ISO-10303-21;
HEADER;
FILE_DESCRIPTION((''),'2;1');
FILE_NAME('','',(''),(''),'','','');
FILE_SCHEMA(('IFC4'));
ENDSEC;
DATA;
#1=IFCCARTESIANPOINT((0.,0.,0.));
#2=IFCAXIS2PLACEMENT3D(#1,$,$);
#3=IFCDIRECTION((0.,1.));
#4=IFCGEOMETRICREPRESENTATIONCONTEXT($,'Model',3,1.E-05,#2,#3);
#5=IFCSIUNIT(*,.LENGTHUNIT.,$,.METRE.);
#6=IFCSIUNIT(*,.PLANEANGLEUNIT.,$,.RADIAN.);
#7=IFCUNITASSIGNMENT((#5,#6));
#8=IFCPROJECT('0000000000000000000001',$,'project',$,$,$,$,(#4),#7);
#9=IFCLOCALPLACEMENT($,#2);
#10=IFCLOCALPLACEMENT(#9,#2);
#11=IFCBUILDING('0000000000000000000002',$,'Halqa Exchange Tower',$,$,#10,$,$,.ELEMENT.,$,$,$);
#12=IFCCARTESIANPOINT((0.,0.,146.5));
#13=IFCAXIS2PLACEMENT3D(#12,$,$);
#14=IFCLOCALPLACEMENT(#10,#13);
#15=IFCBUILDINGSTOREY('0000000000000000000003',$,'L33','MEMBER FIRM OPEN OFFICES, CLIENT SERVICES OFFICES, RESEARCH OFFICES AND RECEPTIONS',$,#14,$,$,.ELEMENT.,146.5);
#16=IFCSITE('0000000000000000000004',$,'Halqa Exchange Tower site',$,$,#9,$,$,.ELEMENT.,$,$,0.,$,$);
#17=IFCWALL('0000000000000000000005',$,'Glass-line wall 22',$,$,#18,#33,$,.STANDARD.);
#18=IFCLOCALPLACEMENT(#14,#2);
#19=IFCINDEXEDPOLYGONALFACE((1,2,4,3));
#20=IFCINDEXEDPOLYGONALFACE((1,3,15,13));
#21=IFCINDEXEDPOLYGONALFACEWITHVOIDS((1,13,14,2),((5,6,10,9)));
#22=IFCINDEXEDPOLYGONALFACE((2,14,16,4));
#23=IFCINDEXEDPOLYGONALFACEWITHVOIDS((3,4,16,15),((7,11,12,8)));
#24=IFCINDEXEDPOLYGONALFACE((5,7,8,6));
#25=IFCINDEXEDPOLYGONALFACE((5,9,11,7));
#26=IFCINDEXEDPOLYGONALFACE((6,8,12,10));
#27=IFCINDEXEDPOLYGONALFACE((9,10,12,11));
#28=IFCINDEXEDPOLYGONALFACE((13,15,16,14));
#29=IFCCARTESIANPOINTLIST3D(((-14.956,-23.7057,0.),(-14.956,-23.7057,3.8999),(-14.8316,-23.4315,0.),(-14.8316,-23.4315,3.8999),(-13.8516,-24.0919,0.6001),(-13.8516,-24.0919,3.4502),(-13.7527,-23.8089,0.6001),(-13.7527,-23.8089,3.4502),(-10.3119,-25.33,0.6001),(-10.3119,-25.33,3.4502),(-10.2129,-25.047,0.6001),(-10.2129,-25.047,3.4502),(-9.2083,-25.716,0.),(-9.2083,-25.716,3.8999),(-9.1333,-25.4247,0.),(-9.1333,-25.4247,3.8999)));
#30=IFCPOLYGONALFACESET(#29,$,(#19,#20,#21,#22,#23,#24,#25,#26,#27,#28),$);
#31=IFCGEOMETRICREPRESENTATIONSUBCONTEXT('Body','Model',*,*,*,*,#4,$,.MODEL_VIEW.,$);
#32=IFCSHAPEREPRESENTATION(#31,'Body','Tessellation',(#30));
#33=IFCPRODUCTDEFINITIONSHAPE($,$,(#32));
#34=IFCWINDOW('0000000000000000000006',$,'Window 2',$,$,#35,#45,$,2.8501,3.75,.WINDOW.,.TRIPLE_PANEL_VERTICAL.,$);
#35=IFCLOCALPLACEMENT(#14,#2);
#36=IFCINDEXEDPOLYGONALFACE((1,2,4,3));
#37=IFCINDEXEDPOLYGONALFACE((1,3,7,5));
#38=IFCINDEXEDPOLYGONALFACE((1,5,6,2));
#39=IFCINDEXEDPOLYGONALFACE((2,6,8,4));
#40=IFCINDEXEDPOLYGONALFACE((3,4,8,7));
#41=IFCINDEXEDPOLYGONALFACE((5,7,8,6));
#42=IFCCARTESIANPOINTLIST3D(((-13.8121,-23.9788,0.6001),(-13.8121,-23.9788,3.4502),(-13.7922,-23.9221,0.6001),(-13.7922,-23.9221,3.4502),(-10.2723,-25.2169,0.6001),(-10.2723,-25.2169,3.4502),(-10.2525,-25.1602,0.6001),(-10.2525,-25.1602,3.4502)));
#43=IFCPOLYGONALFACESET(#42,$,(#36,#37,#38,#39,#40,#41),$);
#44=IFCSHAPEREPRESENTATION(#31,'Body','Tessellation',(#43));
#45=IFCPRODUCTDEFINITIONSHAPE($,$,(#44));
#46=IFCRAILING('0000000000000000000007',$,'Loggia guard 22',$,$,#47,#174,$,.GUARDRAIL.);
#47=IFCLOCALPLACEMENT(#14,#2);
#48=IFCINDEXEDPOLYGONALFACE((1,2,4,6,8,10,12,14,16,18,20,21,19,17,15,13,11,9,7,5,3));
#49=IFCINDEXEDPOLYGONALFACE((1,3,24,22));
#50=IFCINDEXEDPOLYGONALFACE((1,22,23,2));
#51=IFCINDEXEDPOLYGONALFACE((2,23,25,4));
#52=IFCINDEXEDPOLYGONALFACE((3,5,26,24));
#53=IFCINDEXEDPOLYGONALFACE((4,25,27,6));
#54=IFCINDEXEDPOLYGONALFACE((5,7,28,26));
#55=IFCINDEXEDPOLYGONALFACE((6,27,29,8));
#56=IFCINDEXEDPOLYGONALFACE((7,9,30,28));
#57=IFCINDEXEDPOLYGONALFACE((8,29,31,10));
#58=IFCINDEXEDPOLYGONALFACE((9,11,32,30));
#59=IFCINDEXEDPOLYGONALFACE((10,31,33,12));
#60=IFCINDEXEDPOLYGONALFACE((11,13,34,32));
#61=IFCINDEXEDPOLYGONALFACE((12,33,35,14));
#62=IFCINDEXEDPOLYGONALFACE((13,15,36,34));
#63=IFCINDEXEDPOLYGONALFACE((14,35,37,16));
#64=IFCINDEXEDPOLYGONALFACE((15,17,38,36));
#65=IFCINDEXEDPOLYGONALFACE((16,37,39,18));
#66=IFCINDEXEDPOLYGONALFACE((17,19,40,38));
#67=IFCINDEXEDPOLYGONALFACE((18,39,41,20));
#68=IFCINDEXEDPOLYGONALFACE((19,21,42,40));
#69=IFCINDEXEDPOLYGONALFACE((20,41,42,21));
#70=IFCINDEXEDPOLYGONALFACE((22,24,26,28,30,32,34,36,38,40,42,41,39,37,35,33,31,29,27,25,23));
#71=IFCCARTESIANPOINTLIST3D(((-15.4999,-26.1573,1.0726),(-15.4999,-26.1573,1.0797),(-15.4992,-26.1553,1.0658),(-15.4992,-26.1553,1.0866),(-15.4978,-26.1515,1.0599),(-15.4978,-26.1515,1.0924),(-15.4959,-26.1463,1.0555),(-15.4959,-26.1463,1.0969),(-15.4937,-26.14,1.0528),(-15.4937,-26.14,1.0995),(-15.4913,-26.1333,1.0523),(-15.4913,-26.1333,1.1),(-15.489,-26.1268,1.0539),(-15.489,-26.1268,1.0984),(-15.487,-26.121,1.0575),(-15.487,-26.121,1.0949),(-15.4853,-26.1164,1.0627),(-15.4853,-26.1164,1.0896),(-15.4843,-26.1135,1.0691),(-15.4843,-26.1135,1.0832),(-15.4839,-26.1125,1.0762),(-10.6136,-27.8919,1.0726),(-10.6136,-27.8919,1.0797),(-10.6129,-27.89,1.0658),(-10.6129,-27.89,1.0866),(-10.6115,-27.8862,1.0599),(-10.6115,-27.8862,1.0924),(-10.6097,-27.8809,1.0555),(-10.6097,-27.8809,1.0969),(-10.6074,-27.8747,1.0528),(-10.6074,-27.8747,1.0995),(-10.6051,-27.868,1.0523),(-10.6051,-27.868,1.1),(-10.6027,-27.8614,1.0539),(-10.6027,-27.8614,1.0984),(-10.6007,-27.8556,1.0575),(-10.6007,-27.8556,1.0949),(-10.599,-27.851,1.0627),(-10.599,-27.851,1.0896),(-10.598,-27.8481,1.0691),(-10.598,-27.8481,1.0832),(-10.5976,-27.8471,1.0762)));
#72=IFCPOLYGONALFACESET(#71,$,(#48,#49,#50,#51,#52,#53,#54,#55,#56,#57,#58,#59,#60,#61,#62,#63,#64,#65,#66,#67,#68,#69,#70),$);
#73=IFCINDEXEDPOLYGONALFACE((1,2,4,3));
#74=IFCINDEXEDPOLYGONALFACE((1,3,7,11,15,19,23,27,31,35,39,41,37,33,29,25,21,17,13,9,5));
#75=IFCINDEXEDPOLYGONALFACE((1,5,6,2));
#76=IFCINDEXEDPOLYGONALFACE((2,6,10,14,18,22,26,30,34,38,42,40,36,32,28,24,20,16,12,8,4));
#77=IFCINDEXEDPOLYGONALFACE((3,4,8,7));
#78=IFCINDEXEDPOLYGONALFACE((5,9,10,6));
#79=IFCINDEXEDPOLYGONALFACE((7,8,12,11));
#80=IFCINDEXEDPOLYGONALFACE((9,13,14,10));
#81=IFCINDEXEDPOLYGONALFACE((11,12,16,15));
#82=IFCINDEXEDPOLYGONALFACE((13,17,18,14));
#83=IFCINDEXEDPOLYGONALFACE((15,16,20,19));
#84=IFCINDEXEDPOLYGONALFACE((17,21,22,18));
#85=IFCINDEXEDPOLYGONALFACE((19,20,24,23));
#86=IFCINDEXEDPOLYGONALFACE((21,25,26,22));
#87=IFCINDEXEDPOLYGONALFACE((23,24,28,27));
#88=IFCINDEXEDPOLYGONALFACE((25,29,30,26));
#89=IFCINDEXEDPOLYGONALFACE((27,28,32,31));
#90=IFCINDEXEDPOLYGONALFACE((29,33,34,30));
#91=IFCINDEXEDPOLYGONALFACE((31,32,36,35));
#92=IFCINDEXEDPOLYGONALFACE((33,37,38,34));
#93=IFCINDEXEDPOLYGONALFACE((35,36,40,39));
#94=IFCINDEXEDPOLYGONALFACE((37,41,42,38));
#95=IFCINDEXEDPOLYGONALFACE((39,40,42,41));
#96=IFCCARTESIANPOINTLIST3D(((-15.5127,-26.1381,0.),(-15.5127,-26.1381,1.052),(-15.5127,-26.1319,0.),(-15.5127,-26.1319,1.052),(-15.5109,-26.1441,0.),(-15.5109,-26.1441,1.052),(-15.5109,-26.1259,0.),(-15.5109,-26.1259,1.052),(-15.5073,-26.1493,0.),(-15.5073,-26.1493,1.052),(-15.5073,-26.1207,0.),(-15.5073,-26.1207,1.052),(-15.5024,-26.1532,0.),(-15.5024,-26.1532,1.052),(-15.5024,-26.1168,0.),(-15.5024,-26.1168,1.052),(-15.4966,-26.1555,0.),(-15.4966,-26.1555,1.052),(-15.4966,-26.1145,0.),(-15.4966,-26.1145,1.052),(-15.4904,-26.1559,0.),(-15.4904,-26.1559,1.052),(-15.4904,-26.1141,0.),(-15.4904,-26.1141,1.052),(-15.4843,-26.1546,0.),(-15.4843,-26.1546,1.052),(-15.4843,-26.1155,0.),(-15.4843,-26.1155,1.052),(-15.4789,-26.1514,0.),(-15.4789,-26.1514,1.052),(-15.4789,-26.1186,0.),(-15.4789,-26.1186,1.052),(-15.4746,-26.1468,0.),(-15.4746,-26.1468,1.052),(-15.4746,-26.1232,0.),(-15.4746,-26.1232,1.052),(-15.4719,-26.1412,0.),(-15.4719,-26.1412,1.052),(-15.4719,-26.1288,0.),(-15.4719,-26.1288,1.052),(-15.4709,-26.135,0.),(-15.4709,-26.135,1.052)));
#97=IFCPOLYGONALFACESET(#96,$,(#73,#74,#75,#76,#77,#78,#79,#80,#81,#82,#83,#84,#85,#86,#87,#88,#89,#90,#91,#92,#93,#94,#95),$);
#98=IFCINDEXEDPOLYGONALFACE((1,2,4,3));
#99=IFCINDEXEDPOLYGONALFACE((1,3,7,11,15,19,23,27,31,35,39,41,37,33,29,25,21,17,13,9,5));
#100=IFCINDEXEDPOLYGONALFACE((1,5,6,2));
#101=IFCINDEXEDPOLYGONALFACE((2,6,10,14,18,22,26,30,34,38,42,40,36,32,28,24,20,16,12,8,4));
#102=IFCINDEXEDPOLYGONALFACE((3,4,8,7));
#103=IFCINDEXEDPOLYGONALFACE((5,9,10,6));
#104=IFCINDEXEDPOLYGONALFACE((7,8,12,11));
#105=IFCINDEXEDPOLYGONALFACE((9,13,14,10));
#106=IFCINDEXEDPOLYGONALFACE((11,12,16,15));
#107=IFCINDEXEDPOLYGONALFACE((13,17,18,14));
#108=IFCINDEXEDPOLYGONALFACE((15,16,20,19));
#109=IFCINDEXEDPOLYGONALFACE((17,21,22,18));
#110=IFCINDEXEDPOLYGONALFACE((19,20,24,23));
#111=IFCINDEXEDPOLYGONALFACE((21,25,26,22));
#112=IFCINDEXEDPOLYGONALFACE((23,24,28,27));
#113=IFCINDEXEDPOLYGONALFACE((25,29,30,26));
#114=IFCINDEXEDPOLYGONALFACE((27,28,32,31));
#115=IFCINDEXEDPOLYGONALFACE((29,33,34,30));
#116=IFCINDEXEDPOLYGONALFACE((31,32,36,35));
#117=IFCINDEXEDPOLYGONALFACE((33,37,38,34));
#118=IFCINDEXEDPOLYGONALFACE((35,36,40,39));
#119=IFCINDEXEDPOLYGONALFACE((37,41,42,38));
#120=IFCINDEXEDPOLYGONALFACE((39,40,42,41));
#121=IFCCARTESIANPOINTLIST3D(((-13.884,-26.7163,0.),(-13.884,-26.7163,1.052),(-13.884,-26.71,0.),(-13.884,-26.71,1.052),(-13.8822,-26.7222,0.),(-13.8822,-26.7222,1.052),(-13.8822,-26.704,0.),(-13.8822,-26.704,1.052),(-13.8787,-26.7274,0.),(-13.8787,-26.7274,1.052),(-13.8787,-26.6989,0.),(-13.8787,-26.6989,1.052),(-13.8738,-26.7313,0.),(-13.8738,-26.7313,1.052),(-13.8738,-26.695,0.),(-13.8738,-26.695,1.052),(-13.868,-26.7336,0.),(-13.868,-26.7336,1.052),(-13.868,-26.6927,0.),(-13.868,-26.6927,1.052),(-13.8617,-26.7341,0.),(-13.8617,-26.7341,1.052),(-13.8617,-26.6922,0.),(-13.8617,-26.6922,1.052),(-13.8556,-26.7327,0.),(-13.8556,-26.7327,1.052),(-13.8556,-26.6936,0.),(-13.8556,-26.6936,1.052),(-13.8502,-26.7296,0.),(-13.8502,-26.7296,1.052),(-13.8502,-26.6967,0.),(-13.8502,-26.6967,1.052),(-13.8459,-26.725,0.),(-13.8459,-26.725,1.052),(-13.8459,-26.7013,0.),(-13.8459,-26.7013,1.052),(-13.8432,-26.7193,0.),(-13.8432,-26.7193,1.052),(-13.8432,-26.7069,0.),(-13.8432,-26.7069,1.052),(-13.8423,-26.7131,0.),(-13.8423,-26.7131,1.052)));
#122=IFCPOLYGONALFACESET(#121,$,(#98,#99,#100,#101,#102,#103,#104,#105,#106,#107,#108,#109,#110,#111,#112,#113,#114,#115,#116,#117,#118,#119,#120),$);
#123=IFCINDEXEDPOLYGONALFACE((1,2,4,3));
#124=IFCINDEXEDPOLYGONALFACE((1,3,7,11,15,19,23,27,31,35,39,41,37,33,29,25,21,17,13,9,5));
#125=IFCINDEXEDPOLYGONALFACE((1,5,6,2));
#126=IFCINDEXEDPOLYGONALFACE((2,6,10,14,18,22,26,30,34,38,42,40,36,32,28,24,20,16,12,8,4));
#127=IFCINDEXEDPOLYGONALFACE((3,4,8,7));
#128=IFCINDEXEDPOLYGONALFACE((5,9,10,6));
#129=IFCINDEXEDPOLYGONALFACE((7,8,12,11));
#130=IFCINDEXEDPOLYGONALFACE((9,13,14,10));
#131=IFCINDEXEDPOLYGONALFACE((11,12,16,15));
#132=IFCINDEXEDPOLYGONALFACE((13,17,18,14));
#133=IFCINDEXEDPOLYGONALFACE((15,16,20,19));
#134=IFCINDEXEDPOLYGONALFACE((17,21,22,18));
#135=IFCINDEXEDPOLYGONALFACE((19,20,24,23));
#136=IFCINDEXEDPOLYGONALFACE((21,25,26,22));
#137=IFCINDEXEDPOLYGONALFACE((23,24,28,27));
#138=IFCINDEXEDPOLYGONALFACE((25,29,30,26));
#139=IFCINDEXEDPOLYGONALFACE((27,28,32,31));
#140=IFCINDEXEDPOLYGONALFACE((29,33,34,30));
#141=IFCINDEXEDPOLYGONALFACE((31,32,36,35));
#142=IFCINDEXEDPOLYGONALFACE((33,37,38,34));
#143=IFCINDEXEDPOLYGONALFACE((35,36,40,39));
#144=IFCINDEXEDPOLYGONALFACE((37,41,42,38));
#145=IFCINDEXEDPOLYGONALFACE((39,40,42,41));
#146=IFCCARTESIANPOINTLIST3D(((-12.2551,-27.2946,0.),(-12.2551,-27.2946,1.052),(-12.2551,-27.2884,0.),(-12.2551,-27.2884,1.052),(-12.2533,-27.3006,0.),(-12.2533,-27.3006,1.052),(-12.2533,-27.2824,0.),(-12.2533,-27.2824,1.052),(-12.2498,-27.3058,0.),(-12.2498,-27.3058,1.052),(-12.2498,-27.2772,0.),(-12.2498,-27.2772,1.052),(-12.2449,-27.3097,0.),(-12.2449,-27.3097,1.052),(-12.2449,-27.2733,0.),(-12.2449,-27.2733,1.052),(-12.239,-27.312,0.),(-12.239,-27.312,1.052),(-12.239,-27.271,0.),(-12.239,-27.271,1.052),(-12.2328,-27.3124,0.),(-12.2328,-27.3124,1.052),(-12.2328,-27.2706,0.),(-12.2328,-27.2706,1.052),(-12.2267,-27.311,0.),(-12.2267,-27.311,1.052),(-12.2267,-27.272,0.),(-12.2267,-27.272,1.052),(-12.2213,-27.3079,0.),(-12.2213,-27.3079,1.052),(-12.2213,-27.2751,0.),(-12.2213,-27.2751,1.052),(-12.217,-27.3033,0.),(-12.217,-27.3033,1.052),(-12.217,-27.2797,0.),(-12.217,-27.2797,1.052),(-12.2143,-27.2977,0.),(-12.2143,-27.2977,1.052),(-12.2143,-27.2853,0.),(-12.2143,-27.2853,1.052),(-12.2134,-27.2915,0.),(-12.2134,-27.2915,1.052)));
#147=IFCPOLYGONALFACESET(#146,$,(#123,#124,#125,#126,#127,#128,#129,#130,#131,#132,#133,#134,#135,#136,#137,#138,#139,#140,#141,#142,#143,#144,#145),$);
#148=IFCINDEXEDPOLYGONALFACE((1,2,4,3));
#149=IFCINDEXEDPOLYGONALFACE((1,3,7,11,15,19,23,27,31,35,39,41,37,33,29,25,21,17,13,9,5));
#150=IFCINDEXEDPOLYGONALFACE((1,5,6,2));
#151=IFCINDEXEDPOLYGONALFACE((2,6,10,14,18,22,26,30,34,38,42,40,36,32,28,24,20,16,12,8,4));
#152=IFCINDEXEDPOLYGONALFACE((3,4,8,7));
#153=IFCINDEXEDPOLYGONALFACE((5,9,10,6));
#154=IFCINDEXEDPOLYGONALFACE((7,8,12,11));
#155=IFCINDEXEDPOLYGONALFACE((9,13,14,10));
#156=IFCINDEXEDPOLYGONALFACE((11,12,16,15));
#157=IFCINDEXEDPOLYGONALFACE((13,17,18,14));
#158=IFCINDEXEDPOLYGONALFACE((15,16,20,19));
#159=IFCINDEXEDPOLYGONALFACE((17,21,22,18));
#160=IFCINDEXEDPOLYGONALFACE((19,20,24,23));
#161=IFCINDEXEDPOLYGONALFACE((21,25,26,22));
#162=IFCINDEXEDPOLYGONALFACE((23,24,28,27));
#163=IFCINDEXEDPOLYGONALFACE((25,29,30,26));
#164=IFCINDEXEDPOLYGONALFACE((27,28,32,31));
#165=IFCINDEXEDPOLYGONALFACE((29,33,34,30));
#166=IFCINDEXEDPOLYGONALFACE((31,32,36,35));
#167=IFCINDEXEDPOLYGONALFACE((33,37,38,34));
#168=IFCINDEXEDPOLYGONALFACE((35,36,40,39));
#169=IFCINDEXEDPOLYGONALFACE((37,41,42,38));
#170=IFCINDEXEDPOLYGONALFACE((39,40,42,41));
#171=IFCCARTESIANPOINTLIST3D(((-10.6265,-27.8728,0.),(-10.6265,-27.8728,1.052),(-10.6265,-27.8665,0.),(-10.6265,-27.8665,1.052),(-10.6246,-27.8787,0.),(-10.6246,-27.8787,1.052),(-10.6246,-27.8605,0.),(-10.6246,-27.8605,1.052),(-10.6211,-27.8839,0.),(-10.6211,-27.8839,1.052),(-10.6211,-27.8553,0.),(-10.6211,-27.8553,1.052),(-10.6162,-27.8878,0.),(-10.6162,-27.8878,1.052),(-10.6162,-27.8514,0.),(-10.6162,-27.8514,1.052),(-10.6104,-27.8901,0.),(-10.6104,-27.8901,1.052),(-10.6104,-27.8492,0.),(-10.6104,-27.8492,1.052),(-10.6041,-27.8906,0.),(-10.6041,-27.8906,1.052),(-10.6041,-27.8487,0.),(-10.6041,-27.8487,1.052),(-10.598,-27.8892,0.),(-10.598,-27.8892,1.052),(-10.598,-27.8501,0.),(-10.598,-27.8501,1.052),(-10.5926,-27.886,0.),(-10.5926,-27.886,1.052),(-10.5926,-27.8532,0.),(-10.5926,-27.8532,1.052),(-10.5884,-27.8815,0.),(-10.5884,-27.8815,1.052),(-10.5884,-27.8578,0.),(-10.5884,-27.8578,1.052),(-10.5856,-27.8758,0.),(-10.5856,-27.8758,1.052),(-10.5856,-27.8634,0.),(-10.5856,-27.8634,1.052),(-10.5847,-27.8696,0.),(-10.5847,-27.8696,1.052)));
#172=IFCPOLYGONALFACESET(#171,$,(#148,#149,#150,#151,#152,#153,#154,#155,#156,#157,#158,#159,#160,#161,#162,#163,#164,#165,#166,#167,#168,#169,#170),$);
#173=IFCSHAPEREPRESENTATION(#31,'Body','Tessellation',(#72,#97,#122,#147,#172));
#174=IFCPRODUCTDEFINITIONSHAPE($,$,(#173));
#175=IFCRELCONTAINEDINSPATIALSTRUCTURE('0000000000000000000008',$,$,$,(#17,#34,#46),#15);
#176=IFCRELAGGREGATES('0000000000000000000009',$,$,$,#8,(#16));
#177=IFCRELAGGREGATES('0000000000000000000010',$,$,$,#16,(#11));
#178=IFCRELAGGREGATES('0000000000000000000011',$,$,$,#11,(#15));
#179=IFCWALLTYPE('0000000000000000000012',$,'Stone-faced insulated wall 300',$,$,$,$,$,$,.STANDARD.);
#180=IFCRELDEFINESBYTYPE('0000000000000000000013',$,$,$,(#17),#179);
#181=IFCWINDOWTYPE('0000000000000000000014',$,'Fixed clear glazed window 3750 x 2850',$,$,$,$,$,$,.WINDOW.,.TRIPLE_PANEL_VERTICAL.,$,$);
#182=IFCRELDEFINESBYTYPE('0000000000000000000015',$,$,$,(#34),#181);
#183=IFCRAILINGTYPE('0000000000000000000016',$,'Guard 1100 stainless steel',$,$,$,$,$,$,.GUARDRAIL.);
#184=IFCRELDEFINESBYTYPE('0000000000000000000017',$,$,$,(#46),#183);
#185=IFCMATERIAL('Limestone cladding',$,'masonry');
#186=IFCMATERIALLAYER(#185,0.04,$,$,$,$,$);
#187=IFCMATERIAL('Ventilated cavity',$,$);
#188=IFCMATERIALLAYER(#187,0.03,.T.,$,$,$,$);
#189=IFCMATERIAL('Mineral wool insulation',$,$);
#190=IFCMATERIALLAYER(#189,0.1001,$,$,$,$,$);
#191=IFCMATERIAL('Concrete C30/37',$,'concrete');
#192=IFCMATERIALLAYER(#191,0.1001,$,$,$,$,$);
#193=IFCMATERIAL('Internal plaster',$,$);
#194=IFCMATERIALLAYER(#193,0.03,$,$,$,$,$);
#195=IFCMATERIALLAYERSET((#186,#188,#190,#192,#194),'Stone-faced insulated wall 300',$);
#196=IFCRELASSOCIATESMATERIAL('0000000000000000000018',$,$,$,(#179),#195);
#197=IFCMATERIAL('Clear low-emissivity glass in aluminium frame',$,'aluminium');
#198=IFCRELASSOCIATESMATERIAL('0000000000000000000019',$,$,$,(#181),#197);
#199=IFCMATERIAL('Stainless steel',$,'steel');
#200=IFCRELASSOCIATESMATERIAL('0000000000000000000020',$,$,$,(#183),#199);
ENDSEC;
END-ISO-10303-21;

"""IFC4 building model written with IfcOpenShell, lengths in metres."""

from ifc_helpers import new_model, si_unit, direction, frame, frame_2d, origin, origin_2d, place, context, subcontext, project, spatial, polyline, rectangle, circle, outline, extrude, material, layer, layer_set, type_object, element, fill, save


model = new_model("IFC4")

# Units and contexts
model_context = context("Model", 3, precision=1e-05, world=origin(), true_north=direction((0.0, 1.0)))
body_context = subcontext(model_context, "Body", "Model", "MODEL_VIEW")
ifc_project = project(units=[si_unit("LENGTHUNIT", "METRE"), si_unit("PLANEANGLEUNIT", "RADIAN")], contexts=[model_context])

# Site, building, storey
site_placement = place(None, origin())
site = spatial("IfcSite", under=ifc_project, at=site_placement, Name="Halqa Exchange Tower site", CompositionType="ELEMENT", RefElevation=0.0)
building_placement = place(site_placement, origin())
building = spatial("IfcBuilding", under=site, at=building_placement, Name="Halqa Exchange Tower", CompositionType="ELEMENT")
storey_placement = place(building_placement, frame((0.0, 0.0, 146.5)))
storey = spatial("IfcBuildingStorey", under=building, at=storey_placement, Name="L33", Description="MEMBER FIRM OPEN OFFICES, CLIENT SERVICES OFFICES, RESEARCH OFFICES AND RECEPTIONS", CompositionType="ELEMENT", Elevation=146.5)

# Wall, opening, window
ifc_material_1 = material(Name="Limestone cladding", Category="masonry")
ifc_layer_1 = layer(ifc_material_1, 0.04)
ifc_material_2 = material(Name="Ventilated cavity")
ifc_layer_2 = layer(ifc_material_2, 0.03, ventilated=True)
ifc_material_3 = material(Name="Mineral wool insulation")
ifc_layer_3 = layer(ifc_material_3, 0.1001)
ifc_material_4 = material(Name="Concrete C30/37", Category="concrete")
ifc_layer_4 = layer(ifc_material_4, 0.1001)
ifc_material_5 = material(Name="Internal plaster")
ifc_layer_5 = layer(ifc_material_5, 0.03)
ifc_layer_set_1 = layer_set([ifc_layer_1, ifc_layer_2, ifc_layer_3, ifc_layer_4, ifc_layer_5], Name="Stone-faced insulated wall 300")
wall_type_1 = type_object("IfcWallType", Name="Stone-faced insulated wall 300", PredefinedType="STANDARD", material=ifc_layer_set_1)
ifc_material_6 = material(Name="Clear low-emissivity glass in aluminium frame", Category="aluminium")
window_type = type_object("IfcWindowType", Name="Fixed clear glazed window 3750 x 2850", PartitioningType="TRIPLE_PANEL_VERTICAL", PredefinedType="WINDOW", material=ifc_material_6)
wall_1_placement = place(storey_placement, frame((-14.8938, -23.5686, 0.0), z_axis=(0.0, 0.0, 1.0), x_axis=(0.943926, -0.330158, 0.0)))
wall_1 = element("IfcWall", 1, at=wall_1_placement, inside=storey, type_object=wall_type_1, Name="Glass-line wall 22", PredefinedType="STANDARD", context=body_context, shape_type="SweptSolid", body=[
    extrude(outline(polyline([(-0.0134, -0.1499), (6.0757, -0.1499), (6.0503, 0.1499), (0.0134, 0.1499), (-0.0134, -0.1499)])), origin(), (0.0, 0.0, 1.0), 3.8999),
])
opening_1_placement = place(wall_1_placement, frame((1.1565, 0.0, 0.6001)))
opening_1 = element("IfcOpeningElement", 2, at=opening_1_placement, cuts=wall_1, PredefinedType="OPENING", context=body_context, shape_type="SweptSolid", body=[
    extrude(rectangle(XDim=3.75, YDim=2.8501, at=frame_2d((1.875, 1.425))), frame((0.0, 0.1621, 0.0), z_axis=(0.0, -1.0, 0.0), x_axis=(1.0, 0.0, 0.0)), (0.0, 0.0, 1.0), 0.324),
])
window_1_placement = place(opening_1_placement, origin())
window_1 = element("IfcWindow", 3, at=window_1_placement, inside=storey, type_object=window_type, Name="Window 2", OverallHeight=2.8501, OverallWidth=3.75, PartitioningType="TRIPLE_PANEL_VERTICAL", PredefinedType="WINDOW", context=body_context, shape_type="SweptSolid", body=[
    extrude(rectangle(XDim=3.75, YDim=2.8501, at=frame_2d((1.875, 1.425))), frame((0.0, 0.03, 0.0), z_axis=(0.0, -1.0, 0.0), x_axis=(1.0, 0.0, 0.0)), (0.0, 0.0, 1.0), 0.0601),
])
fill(opening_1, window_1)

# Railing
ifc_material_7 = material(Name="Stainless steel", Category="steel")
railing_type = type_object("IfcRailingType", Name="Guard 1100 stainless steel", PredefinedType="GUARDRAIL", material=ifc_material_7)
railing_placement = place(storey_placement, frame((-15.4919, -26.135, 0.0)))
element("IfcRailing", 4, at=railing_placement, inside=storey, type_object=railing_type, Name="Loggia guard 22", PredefinedType="GUARDRAIL", context=body_context, shape_type="SweptSolid", body=[
    extrude(circle(Radius=0.0239, at=origin_2d()), frame((0.0, 0.0, 1.0762), z_axis=(0.942379, -0.334546, 0.0), x_axis=(0.334546, 0.942379, 0.0)), (0.0, 0.0, 1.0), 5.1851),
    extrude(circle(Radius=0.021, at=origin_2d()), origin(), (0.0, 0.0, 1.0), 1.052),
    extrude(circle(Radius=0.021, at=origin_2d()), frame((1.6287, -0.5781, 0.0)), (0.0, 0.0, 1.0), 1.052),
    extrude(circle(Radius=0.021, at=origin_2d()), frame((3.2576, -1.1565, 0.0)), (0.0, 0.0, 1.0), 1.052),
    extrude(circle(Radius=0.021, at=origin_2d()), frame((4.8862, -1.7346, 0.0)), (0.0, 0.0, 1.0), 1.052),
])

save(model, "model.ifc")
